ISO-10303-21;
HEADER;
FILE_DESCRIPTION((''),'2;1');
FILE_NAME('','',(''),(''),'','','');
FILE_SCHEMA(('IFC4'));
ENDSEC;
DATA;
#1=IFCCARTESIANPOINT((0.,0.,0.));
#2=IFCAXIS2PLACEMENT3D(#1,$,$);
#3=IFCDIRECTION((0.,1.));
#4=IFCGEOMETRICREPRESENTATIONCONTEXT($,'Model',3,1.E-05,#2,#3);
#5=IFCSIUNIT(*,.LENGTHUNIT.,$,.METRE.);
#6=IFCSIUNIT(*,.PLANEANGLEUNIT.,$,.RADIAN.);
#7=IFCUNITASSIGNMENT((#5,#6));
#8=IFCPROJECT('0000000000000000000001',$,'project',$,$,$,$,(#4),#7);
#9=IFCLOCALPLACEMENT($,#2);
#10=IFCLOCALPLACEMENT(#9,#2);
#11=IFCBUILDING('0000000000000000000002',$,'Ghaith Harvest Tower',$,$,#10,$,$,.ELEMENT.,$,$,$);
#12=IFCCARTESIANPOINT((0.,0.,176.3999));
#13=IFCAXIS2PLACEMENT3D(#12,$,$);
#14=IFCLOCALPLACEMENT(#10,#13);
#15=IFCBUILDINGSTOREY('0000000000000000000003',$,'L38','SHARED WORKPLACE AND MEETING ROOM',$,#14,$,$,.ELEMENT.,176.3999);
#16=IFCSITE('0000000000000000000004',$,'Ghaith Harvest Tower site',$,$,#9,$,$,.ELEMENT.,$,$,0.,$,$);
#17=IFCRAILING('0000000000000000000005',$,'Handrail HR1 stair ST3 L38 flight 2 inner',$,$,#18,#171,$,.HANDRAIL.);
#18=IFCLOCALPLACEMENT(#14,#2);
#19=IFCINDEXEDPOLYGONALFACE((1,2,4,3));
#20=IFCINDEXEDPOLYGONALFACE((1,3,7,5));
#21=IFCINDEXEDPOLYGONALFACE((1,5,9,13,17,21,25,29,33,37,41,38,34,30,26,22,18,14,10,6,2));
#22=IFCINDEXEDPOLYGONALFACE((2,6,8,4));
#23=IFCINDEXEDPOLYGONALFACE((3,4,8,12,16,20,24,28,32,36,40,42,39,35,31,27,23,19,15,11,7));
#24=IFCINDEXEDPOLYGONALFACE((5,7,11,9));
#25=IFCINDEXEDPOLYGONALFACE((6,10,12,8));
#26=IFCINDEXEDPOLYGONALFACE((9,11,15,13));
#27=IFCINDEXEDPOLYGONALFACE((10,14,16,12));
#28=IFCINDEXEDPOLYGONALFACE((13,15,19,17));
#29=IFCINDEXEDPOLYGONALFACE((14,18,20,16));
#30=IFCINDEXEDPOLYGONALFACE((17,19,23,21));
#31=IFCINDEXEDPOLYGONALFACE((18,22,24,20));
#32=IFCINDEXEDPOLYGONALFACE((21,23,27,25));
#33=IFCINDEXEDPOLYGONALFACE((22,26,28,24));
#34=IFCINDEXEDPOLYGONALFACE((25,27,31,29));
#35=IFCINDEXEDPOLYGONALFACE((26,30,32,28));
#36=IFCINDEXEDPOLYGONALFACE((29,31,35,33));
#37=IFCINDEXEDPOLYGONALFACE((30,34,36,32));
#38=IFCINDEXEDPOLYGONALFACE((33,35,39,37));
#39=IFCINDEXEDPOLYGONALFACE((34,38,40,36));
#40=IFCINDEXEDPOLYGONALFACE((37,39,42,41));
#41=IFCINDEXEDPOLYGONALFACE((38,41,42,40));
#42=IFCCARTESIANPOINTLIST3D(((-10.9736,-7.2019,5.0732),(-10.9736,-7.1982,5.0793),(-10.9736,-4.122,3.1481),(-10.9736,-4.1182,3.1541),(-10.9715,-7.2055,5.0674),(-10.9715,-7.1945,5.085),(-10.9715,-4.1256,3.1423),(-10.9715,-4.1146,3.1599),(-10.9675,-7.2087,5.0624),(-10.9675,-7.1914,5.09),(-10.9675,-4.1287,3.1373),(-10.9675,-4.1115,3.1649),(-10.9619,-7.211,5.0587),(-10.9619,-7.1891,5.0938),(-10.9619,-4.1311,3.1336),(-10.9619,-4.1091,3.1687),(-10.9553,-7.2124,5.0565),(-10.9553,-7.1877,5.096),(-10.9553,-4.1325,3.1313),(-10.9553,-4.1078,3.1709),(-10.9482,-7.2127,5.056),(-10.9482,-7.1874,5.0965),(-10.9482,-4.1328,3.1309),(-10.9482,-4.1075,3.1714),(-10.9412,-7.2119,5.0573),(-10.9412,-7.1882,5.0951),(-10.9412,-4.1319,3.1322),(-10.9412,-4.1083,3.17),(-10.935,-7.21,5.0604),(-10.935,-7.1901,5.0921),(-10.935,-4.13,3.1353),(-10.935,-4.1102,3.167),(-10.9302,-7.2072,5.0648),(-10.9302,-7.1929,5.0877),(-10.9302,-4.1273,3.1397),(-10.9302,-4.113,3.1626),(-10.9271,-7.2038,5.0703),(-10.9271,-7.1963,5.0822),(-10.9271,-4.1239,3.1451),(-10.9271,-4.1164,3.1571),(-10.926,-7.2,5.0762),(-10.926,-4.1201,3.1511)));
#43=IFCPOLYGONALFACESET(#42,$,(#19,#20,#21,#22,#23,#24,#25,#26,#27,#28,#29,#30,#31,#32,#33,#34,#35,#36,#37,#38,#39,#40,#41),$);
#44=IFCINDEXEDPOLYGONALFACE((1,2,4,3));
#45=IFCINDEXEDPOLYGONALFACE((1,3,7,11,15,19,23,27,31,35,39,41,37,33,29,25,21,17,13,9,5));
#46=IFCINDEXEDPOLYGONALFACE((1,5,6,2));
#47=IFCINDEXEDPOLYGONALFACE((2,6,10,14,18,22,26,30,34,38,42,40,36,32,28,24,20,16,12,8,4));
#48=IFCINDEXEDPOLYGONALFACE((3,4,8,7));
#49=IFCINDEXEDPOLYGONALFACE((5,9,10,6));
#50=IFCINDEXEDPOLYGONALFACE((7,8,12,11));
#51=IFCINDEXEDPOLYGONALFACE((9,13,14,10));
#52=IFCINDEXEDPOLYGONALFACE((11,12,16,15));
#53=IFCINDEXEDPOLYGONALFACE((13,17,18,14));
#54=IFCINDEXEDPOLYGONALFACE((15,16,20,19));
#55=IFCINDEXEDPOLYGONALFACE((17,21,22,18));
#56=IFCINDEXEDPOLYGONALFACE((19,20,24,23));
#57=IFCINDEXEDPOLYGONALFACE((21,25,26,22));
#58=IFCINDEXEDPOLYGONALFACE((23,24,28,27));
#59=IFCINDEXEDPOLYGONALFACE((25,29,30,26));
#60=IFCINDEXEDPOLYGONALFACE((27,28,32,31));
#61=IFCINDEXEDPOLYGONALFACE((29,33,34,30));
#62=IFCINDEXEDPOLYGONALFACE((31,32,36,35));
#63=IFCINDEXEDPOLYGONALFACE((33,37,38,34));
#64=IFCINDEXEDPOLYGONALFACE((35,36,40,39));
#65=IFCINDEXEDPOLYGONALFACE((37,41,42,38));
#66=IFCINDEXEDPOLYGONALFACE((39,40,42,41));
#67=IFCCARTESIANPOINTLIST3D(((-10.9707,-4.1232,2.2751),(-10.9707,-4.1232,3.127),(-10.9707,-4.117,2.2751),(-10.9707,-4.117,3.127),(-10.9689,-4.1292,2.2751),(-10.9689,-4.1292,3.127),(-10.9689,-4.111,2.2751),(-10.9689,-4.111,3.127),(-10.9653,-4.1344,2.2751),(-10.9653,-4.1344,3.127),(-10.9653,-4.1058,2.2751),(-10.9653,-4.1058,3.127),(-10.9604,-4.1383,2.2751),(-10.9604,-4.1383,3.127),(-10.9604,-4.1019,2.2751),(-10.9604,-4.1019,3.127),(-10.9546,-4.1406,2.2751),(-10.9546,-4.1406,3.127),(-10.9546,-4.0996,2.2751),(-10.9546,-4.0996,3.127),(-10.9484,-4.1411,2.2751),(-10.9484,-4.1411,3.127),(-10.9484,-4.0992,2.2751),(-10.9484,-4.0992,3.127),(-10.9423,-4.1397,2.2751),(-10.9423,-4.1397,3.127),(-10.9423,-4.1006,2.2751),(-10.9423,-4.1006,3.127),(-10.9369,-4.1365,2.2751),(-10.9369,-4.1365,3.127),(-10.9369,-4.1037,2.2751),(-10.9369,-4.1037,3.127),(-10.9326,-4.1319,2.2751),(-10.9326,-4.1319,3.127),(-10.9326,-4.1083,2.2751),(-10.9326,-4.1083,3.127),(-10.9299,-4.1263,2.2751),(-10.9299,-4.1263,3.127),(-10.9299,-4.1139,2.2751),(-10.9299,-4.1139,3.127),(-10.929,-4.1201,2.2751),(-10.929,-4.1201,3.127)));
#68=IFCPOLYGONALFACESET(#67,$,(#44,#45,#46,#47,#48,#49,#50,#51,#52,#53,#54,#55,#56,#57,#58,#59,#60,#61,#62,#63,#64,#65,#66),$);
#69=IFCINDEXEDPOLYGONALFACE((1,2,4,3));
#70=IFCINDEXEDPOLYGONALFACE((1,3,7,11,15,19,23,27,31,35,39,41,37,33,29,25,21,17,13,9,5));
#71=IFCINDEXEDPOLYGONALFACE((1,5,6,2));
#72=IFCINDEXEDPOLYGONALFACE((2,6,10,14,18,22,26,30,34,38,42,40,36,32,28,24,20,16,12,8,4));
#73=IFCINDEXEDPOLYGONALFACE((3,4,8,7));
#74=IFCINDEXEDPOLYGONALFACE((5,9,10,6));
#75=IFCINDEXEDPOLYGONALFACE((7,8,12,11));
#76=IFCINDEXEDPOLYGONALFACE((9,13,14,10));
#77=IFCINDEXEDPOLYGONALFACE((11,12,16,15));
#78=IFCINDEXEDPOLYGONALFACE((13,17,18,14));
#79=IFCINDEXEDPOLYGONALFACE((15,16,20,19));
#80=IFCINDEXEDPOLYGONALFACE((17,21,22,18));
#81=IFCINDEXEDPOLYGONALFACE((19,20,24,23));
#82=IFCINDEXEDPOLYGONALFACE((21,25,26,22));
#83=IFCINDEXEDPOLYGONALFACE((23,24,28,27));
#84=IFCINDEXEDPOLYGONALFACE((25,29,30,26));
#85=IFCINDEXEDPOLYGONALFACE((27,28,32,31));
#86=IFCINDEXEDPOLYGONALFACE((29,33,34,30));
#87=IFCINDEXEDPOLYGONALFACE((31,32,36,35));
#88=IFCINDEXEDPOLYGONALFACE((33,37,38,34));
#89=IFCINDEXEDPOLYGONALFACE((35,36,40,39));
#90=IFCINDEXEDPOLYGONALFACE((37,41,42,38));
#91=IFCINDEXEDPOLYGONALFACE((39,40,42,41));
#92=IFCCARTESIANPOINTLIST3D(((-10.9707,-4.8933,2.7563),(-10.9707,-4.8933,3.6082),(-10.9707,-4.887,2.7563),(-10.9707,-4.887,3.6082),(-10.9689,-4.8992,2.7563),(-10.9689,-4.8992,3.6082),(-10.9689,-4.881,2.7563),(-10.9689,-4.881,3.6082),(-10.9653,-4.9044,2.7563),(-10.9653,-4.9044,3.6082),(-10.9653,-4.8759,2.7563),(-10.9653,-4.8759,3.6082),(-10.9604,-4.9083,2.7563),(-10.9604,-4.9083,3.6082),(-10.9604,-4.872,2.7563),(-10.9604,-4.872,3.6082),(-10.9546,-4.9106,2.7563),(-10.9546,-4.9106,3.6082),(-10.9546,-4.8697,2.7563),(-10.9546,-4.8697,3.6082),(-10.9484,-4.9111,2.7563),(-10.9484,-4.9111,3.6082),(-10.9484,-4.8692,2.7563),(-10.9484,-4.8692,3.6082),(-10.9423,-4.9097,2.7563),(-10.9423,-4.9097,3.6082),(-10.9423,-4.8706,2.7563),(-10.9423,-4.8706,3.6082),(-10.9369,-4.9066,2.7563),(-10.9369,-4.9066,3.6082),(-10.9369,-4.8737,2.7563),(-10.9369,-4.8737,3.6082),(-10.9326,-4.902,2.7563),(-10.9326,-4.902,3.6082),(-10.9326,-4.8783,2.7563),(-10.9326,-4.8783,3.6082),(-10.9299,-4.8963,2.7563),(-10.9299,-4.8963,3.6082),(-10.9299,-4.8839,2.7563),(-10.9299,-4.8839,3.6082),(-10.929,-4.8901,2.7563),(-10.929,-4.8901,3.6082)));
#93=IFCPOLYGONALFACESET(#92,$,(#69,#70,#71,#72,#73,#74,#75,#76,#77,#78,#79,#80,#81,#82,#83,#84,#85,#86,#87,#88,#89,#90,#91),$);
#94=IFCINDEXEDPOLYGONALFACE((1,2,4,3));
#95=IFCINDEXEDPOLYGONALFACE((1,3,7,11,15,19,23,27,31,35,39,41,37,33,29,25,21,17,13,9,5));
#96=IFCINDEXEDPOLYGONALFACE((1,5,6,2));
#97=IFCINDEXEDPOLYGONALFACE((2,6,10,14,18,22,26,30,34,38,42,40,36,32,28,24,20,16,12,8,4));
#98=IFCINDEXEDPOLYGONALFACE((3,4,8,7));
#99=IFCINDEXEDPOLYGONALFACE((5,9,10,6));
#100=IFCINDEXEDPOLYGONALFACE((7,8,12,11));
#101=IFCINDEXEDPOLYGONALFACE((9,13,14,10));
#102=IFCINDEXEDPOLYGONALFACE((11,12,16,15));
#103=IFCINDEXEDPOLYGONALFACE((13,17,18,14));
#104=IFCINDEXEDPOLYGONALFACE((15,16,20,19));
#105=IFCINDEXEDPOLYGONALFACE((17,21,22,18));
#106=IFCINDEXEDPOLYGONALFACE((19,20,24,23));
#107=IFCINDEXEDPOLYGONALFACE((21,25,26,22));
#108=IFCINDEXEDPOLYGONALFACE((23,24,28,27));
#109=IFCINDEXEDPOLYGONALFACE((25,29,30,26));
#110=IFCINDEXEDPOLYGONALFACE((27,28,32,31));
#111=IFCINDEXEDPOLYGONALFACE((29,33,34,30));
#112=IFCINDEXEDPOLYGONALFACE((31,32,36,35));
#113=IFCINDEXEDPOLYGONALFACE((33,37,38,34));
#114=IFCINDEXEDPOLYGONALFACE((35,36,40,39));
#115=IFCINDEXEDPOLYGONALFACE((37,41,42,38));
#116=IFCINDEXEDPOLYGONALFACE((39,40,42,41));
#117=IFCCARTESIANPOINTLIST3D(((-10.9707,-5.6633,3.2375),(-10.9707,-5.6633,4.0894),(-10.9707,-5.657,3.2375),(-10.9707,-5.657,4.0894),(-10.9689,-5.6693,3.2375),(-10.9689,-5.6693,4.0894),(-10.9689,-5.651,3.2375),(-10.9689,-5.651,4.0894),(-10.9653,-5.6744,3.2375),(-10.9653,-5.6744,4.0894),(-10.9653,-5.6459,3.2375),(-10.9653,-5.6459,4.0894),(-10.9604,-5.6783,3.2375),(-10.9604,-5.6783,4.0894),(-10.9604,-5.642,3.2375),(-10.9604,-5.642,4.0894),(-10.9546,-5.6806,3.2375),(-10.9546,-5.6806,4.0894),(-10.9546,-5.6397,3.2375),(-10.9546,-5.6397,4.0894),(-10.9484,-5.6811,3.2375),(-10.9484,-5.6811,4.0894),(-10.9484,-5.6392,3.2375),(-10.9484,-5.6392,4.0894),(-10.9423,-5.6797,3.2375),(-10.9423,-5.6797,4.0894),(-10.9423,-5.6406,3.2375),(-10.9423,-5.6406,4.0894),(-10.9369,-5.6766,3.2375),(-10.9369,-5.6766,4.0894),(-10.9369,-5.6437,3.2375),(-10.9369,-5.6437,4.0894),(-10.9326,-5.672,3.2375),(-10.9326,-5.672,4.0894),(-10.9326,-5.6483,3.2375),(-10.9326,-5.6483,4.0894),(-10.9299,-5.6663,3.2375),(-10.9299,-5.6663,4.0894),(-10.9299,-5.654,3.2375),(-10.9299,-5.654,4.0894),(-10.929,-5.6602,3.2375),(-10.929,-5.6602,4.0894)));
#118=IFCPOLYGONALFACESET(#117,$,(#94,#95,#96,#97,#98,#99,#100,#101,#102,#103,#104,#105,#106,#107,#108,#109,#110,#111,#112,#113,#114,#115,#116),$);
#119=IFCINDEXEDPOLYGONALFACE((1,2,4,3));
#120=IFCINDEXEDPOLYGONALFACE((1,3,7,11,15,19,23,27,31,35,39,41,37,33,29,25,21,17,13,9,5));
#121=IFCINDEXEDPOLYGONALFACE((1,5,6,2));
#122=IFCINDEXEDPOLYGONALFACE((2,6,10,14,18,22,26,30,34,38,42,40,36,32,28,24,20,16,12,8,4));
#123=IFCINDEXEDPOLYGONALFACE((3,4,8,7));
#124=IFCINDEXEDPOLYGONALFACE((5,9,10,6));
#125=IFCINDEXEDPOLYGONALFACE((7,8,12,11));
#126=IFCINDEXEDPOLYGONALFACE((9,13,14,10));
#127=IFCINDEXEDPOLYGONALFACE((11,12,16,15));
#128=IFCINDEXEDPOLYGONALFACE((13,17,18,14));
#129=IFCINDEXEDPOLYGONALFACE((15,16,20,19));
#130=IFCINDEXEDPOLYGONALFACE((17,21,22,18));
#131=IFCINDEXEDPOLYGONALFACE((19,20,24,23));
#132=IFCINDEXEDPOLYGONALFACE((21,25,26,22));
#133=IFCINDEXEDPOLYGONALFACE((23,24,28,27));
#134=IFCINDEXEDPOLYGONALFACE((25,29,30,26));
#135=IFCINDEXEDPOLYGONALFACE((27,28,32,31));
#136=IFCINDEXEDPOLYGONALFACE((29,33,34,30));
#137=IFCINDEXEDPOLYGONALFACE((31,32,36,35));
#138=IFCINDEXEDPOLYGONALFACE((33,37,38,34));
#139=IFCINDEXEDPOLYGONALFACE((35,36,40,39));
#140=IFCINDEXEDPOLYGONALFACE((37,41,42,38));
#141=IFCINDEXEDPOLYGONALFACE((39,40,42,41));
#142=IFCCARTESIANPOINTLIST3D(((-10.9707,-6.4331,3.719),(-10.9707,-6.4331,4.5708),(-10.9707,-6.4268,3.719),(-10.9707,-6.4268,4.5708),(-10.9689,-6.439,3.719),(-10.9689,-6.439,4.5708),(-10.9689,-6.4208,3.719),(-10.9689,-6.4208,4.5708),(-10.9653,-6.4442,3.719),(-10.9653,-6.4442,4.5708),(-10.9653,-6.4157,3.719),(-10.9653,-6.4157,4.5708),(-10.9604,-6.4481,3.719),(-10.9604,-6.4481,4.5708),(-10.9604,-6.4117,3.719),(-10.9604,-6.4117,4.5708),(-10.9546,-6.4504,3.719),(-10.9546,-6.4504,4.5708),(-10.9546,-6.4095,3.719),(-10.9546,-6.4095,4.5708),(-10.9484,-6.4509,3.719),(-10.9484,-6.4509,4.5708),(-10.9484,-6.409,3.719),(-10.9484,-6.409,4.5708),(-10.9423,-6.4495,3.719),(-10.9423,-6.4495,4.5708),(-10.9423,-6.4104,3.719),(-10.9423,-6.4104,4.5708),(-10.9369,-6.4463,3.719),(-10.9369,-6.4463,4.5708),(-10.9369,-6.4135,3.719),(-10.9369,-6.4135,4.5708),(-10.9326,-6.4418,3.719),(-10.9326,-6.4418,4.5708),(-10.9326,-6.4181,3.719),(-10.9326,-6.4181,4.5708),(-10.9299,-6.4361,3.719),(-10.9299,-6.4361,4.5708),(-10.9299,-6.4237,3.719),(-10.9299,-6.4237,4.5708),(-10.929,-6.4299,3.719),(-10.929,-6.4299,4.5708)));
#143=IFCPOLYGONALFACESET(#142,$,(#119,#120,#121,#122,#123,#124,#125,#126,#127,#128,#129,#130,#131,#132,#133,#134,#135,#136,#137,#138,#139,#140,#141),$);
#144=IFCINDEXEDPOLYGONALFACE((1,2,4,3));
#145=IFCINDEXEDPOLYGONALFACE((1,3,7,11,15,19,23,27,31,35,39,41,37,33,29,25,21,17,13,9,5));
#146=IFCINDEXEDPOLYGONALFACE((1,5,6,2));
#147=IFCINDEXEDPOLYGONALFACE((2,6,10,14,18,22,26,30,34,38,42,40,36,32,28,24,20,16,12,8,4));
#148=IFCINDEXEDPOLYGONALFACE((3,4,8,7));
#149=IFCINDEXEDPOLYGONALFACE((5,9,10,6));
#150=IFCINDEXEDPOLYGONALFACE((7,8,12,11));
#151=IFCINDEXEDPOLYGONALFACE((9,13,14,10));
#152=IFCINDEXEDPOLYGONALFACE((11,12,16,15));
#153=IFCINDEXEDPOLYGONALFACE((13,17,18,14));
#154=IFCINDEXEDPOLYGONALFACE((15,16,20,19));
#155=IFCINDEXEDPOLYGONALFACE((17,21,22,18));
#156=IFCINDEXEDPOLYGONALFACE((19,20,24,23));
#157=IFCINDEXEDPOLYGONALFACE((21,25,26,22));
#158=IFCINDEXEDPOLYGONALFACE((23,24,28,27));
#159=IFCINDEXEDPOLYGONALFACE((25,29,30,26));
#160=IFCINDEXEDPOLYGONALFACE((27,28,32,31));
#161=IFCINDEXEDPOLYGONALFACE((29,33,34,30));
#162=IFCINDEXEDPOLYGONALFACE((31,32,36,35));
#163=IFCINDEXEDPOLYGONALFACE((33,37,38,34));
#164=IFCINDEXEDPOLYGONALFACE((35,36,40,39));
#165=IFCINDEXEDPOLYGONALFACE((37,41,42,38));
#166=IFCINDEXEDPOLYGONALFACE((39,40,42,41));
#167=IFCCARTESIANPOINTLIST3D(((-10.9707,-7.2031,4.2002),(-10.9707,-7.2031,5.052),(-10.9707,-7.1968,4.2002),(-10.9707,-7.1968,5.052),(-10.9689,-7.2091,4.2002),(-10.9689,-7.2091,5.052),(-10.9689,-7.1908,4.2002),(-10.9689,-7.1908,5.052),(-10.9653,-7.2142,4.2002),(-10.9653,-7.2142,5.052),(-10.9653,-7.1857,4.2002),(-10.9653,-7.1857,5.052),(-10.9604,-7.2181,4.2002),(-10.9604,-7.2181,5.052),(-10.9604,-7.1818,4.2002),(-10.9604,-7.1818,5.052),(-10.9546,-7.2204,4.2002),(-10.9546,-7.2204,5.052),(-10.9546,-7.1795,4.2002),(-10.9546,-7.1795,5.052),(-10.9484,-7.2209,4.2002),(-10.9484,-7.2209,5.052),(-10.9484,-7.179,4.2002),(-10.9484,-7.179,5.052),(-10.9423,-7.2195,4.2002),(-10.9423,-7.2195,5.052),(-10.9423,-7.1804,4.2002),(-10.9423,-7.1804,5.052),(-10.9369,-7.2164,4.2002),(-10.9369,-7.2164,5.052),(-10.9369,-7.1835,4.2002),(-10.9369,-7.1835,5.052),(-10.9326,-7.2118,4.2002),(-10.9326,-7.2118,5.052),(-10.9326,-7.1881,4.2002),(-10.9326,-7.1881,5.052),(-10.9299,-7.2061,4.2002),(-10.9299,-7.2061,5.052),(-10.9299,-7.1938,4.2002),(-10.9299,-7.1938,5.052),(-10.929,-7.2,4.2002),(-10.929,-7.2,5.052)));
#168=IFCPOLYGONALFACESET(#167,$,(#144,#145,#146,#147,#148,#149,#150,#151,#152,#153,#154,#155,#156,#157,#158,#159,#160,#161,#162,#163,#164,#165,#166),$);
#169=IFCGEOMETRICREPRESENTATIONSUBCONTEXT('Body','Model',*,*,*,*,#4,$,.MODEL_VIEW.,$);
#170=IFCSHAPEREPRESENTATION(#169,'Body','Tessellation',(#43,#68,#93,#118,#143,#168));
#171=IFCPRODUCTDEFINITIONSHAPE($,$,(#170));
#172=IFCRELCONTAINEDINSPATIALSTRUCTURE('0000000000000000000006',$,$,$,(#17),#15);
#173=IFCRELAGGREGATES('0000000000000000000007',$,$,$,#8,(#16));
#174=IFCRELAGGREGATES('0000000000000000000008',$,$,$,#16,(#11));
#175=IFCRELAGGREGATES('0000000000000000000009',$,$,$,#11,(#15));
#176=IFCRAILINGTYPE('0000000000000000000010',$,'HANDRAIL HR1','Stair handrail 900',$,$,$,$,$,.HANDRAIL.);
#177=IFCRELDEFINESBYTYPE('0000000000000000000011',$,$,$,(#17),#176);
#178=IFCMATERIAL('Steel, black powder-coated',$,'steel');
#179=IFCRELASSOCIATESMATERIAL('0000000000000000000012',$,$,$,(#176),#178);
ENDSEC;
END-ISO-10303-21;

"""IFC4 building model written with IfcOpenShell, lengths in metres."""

from ifc_helpers import new_model, si_unit, direction, frame, origin, origin_2d, place, context, subcontext, project, spatial, circle, extrude, material, type_object, element, save


model = new_model("IFC4")

# Units and contexts
model_context = context("Model", 3, precision=1e-05, world=origin(), true_north=direction((0.0, 1.0)))
body_context = subcontext(model_context, "Body", "Model", "MODEL_VIEW")
ifc_project = project(units=[si_unit("LENGTHUNIT", "METRE"), si_unit("PLANEANGLEUNIT", "RADIAN")], contexts=[model_context])

# Site, building, storey
site_placement = place(None, origin())
site = spatial("IfcSite", under=ifc_project, at=site_placement, Name="Ghaith Harvest Tower site", CompositionType="ELEMENT", RefElevation=0.0)
building_placement = place(site_placement, origin())
building = spatial("IfcBuilding", under=site, at=building_placement, Name="Ghaith Harvest Tower", CompositionType="ELEMENT")
storey_placement = place(building_placement, frame((0.0, 0.0, 176.3999)))
storey = spatial("IfcBuildingStorey", under=building, at=storey_placement, Name="L38", Description="SHARED WORKPLACE AND MEETING ROOM", CompositionType="ELEMENT", Elevation=176.3999)

# Railing
ifc_material_1 = material(Name="Steel, black powder-coated", Category="steel")
railing_type = type_object("IfcRailingType", Name="HANDRAIL HR1", Description="Stair handrail 900", PredefinedType="HANDRAIL", material=ifc_material_1)
railing_1_placement = place(storey_placement, frame((-10.95, -4.1201, 2.2751)))
element("IfcRailing", 1, at=railing_1_placement, inside=storey, type_object=railing_type, Name="Handrail HR1 stair ST3 L38 flight 2 inner", PredefinedType="HANDRAIL", context=body_context, shape_type="SweptSolid", body=[
    extrude(circle(Radius=0.0239, at=origin_2d()), frame((0.0, 0.0, 0.876), z_axis=(0.0, -0.847979, 0.530029), x_axis=(1.0, 0.0, 0.0)), (0.0, 0.0, 1.0), 3.6321),
    extrude(circle(Radius=0.021, at=origin_2d()), origin(), (0.0, 0.0, 1.0), 0.8518),
    extrude(circle(Radius=0.021, at=origin_2d()), frame((0.0, -0.77, 0.4812)), (0.0, 0.0, 1.0), 0.8518),
    extrude(circle(Radius=0.021, at=origin_2d()), frame((0.0, -1.54, 0.9624)), (0.0, 0.0, 1.0), 0.8518),
    extrude(circle(Radius=0.021, at=origin_2d()), frame((0.0, -2.3098, 1.4438)), (0.0, 0.0, 1.0), 0.8518),
    extrude(circle(Radius=0.021, at=origin_2d()), frame((0.0, -3.0798, 1.925)), (0.0, 0.0, 1.0), 0.8518),
])

save(model, "model.ifc")
